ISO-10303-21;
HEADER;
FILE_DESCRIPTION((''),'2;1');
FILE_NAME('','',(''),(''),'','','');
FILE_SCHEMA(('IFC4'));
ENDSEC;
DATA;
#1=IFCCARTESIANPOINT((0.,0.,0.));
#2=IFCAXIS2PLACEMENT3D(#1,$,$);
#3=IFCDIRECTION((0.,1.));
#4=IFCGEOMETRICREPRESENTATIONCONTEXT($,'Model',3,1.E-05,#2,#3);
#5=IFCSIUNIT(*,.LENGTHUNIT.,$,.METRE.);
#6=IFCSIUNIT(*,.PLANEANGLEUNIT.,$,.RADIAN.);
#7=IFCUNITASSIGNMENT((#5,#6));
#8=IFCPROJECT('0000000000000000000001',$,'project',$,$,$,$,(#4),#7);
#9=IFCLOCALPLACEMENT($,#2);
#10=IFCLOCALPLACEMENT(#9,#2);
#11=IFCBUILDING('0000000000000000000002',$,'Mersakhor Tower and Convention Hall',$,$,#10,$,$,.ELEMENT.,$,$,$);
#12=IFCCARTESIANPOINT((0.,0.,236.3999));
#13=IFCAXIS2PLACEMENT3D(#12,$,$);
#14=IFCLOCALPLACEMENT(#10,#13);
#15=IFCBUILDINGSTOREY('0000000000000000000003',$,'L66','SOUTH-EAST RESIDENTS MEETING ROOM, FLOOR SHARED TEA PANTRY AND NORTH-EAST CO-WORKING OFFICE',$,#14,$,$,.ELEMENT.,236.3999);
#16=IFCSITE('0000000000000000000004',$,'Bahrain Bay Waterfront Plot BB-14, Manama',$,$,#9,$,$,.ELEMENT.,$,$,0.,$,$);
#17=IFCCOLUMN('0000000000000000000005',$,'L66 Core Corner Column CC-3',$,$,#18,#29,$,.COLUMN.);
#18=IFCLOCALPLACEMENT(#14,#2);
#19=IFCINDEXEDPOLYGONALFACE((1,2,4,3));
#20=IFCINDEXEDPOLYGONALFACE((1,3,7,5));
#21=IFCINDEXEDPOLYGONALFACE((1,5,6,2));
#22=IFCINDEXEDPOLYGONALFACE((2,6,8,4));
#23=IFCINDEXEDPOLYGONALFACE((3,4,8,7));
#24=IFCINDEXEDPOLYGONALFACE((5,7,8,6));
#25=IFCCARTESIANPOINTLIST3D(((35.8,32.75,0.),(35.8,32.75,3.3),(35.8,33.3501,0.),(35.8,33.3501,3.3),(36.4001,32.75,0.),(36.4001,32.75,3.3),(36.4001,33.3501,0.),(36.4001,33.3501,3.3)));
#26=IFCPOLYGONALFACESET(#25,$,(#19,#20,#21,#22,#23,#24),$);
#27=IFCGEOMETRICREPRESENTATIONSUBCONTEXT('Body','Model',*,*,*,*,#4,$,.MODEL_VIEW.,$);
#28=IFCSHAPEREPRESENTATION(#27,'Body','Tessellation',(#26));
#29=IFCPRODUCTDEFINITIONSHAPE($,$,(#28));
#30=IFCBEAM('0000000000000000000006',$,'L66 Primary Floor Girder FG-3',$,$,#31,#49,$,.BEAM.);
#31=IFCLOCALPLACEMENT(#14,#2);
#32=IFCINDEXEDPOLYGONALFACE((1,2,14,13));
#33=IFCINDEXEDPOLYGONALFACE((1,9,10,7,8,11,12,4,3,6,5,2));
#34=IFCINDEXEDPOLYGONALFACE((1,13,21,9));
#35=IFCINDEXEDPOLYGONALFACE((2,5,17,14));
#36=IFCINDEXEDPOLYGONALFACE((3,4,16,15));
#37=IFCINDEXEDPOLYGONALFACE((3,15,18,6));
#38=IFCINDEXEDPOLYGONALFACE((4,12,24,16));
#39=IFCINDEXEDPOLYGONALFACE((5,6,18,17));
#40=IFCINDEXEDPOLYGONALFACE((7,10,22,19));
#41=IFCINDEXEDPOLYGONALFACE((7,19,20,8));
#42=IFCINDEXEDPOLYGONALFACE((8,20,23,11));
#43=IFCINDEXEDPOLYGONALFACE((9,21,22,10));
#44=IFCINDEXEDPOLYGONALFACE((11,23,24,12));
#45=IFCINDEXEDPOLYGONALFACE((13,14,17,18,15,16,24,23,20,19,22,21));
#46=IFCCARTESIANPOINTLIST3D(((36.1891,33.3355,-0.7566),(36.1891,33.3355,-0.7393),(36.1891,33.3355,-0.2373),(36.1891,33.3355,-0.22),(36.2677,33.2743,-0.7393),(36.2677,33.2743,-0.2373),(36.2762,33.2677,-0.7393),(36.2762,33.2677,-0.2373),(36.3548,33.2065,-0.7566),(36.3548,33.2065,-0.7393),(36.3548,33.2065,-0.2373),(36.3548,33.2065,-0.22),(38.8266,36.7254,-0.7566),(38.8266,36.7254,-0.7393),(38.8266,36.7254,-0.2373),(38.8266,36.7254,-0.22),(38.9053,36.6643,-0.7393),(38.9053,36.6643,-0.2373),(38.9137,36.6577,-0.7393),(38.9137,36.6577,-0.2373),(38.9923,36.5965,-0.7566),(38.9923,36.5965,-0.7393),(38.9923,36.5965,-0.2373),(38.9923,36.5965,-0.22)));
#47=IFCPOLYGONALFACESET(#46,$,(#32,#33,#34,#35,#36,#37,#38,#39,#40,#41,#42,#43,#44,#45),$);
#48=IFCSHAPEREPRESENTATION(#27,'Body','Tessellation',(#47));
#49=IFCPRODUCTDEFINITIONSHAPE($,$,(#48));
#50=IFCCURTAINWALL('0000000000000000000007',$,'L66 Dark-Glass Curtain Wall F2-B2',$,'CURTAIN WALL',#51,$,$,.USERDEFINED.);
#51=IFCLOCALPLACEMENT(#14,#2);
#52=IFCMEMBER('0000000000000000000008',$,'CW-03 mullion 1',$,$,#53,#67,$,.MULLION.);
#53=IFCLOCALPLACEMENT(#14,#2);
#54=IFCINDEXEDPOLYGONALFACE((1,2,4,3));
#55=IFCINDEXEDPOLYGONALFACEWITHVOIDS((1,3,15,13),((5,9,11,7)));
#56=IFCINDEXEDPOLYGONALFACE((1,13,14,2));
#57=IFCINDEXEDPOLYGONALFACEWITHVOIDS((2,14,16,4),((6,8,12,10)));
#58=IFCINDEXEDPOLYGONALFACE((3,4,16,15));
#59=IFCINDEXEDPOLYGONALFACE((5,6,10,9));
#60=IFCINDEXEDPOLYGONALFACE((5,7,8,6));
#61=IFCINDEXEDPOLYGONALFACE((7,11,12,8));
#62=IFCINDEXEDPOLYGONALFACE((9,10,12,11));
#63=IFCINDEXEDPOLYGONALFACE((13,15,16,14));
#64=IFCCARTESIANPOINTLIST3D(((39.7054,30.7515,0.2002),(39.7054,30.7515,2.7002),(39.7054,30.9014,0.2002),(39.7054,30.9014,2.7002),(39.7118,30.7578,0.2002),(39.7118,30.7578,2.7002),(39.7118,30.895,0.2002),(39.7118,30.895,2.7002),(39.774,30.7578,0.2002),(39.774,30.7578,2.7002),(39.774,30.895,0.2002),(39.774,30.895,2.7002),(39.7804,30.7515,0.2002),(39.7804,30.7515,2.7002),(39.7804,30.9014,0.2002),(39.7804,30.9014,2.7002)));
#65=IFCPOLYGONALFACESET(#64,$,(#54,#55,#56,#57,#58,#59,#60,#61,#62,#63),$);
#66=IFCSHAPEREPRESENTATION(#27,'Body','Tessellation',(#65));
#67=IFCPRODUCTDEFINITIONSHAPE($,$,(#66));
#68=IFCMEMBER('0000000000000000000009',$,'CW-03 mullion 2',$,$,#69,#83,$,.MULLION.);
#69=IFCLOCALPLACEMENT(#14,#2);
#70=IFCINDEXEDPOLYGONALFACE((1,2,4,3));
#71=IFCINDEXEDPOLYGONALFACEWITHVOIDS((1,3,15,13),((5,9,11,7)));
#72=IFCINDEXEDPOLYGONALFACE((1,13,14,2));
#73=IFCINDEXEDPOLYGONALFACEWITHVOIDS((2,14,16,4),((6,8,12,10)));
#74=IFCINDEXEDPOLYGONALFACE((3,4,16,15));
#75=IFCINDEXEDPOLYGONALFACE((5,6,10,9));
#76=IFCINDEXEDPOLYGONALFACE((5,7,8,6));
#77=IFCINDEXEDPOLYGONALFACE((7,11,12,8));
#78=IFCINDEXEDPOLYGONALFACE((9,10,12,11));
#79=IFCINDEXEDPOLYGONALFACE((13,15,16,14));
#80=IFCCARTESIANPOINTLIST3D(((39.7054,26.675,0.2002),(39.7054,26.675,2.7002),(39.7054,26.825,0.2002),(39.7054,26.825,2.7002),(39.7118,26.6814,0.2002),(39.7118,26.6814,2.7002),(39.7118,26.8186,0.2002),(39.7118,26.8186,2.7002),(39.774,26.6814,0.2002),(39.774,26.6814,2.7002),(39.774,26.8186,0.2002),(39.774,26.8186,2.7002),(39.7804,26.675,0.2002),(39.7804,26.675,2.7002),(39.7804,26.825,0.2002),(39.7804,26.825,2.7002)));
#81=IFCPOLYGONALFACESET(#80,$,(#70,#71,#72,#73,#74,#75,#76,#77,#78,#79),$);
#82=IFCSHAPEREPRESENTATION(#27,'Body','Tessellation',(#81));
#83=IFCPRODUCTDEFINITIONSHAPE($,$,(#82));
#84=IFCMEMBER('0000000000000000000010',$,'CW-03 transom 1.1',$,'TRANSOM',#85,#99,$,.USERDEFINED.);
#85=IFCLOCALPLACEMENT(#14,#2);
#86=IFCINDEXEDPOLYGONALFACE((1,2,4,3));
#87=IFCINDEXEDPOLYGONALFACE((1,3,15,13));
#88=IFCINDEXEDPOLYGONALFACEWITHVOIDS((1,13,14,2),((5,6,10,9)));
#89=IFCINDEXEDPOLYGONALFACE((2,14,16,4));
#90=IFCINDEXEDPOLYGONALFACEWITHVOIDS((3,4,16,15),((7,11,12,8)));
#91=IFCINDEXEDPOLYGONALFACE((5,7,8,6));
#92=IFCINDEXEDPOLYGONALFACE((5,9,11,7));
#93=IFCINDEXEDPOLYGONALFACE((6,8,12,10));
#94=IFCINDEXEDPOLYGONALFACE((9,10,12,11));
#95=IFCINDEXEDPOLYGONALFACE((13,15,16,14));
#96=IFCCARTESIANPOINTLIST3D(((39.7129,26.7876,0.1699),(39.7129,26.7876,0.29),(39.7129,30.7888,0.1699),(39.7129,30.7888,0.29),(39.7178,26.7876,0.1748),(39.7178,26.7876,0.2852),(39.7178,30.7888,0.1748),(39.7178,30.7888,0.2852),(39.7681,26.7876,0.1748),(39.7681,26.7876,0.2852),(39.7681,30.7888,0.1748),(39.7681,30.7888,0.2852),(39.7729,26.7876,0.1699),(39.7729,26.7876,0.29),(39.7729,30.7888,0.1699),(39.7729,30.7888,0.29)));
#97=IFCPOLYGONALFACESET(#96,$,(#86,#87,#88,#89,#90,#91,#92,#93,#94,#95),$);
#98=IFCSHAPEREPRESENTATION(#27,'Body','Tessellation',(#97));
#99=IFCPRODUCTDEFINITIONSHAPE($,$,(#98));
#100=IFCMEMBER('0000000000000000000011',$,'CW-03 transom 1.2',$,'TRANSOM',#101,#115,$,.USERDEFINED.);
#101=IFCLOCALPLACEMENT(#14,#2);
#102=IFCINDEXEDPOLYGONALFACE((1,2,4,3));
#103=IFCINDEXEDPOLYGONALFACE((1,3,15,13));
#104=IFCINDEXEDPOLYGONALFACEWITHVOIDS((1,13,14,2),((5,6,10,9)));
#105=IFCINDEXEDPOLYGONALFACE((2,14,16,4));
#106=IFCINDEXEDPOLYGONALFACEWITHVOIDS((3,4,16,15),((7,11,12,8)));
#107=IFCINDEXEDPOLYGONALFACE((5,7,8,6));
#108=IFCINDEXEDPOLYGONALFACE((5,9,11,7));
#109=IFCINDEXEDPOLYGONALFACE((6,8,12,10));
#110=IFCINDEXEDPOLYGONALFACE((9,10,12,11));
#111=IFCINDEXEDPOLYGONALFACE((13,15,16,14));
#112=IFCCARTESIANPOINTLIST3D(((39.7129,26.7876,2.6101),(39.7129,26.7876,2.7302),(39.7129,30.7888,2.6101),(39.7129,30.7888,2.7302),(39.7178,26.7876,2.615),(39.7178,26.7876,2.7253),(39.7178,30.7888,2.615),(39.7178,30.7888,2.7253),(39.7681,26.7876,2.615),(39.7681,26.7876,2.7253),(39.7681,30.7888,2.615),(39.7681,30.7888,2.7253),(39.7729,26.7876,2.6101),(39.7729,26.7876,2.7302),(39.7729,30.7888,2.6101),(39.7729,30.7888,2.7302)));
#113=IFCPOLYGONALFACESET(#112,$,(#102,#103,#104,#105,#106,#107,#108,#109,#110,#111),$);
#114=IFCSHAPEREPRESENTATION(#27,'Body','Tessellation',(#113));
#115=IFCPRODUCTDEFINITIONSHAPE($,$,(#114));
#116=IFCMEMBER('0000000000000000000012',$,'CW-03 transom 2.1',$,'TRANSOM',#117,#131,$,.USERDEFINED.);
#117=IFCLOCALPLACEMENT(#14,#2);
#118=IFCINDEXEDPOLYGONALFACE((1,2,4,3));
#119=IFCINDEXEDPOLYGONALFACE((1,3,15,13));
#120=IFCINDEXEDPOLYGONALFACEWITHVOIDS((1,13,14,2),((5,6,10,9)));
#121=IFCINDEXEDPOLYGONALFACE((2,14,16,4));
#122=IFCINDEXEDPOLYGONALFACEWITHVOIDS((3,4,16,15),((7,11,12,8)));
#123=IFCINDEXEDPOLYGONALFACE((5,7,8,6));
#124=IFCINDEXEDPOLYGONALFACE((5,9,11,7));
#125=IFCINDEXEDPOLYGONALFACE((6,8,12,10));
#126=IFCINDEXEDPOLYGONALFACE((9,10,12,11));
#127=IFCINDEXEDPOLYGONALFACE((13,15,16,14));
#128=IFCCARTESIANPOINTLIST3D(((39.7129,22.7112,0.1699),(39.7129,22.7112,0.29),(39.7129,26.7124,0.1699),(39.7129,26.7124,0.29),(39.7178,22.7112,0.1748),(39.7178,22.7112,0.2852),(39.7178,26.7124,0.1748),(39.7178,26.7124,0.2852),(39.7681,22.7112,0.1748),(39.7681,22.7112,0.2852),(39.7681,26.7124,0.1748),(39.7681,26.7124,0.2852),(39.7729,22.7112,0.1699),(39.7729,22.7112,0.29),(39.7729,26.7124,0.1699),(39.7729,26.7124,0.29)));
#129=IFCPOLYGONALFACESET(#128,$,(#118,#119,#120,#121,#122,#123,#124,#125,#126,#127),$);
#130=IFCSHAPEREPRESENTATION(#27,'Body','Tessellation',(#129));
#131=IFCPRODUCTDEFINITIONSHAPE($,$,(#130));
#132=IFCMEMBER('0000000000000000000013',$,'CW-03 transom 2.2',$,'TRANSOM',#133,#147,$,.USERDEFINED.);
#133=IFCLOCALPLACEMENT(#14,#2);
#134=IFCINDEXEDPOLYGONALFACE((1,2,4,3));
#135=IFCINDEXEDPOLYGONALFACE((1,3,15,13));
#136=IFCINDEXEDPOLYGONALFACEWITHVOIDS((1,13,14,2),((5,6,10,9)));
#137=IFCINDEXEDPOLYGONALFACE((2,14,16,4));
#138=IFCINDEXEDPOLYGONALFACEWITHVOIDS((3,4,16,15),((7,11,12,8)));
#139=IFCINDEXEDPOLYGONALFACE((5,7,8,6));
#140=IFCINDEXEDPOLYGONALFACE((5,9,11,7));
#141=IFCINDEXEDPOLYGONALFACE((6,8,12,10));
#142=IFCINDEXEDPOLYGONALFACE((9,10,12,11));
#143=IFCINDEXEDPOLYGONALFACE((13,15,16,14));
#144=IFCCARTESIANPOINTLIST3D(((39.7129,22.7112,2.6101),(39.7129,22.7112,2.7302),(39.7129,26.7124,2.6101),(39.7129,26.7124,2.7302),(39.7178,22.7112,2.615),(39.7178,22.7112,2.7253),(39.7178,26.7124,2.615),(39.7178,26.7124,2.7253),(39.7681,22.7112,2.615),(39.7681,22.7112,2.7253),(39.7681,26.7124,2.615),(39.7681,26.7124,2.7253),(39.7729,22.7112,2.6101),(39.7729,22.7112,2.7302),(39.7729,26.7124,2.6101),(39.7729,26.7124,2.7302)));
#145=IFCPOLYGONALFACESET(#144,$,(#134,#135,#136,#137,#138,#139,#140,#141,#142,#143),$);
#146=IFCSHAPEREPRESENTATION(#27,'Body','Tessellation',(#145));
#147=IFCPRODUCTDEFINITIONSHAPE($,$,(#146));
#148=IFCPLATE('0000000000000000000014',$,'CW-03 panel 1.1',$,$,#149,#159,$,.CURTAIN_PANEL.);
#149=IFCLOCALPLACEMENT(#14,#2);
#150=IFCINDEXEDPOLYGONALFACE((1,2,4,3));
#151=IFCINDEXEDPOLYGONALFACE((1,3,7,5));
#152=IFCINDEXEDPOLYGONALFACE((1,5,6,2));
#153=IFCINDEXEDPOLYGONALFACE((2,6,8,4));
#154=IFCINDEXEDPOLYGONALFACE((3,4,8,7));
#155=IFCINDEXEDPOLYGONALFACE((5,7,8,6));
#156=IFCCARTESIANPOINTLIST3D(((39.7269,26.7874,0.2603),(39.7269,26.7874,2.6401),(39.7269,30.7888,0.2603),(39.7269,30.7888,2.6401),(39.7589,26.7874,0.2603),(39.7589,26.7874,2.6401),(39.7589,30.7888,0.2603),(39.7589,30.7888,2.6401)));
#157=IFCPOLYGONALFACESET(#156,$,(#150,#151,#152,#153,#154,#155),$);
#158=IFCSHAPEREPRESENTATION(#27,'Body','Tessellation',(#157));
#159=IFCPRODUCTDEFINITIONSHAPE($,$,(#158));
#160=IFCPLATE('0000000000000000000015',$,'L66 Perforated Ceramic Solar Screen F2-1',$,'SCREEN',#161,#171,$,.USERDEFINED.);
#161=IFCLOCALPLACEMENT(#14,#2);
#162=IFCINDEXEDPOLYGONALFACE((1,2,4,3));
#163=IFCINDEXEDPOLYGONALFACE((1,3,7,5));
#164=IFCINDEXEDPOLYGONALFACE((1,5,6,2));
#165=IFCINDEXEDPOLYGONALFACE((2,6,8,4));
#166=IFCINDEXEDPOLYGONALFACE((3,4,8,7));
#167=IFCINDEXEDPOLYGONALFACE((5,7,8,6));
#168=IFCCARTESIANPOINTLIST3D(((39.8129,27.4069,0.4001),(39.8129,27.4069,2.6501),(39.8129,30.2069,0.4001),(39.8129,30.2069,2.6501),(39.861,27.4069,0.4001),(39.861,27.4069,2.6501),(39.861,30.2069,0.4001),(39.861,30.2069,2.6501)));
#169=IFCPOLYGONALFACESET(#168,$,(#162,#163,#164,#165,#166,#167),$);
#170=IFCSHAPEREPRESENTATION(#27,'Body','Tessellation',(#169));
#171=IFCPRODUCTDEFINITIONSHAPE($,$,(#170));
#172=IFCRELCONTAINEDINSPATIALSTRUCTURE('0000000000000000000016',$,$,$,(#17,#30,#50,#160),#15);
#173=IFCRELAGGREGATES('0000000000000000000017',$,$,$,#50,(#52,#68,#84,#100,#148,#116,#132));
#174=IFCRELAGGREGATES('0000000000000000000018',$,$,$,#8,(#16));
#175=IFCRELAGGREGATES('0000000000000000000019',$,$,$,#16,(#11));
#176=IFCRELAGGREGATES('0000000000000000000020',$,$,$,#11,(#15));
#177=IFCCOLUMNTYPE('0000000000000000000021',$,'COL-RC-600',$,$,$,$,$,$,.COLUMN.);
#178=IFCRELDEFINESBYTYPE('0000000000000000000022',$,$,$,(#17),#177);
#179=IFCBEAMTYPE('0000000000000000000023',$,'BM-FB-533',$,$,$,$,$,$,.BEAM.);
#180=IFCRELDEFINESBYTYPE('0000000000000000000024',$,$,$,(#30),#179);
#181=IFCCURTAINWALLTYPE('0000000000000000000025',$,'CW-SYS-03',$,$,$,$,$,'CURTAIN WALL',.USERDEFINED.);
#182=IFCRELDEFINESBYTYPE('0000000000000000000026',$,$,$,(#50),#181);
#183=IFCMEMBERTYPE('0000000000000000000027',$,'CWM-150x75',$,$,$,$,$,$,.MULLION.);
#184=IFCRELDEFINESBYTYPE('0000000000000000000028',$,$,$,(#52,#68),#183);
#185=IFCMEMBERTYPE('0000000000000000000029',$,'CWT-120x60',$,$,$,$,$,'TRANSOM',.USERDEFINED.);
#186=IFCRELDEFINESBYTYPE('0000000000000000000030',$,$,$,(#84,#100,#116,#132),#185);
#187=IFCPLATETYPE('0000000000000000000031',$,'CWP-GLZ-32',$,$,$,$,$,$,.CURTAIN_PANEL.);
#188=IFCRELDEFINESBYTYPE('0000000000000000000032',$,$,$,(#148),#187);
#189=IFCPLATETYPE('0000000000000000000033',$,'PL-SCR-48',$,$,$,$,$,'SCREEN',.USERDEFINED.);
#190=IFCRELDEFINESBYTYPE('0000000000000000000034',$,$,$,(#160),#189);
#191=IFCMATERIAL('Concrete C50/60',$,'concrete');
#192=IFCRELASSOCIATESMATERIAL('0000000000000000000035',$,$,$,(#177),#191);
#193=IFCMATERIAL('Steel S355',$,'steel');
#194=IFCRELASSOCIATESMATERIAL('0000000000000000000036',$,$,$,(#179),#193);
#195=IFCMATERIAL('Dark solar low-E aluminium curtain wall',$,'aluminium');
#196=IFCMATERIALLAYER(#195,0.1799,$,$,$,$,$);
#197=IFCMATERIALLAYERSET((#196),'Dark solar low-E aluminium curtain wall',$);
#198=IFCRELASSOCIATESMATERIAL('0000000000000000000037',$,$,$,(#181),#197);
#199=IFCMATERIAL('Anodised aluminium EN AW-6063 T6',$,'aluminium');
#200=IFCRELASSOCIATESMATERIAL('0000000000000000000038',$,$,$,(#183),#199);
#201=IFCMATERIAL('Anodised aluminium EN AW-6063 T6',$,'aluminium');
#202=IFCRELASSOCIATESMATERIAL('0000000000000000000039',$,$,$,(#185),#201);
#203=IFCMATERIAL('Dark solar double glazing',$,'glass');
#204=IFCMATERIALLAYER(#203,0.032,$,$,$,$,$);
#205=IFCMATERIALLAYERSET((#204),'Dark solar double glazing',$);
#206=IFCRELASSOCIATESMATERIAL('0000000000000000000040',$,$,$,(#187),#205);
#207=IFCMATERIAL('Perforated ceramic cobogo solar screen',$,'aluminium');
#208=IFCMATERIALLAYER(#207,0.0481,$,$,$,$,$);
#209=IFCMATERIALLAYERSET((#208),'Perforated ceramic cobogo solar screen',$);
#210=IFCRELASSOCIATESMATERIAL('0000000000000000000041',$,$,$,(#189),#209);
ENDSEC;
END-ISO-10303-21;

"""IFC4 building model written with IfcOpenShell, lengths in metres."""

from ifc_helpers import new_model, si_unit, direction, frame, origin, origin_2d, place, context, subcontext, project, spatial, rectangle, hollow_rectangle, i_section, extrude, material, layer, layer_set, material_profile, profile_set, type_object, element, aggregate, save


model = new_model("IFC4")

# Units and contexts
model_context = context("Model", 3, precision=1e-05, world=origin(), true_north=direction((0.0, 1.0)))
body_context = subcontext(model_context, "Body", "Model", "MODEL_VIEW")
ifc_project = project(units=[si_unit("LENGTHUNIT", "METRE"), si_unit("PLANEANGLEUNIT", "RADIAN")], contexts=[model_context])

# Site, building, storey
site_placement = place(None, origin())
site = spatial("IfcSite", under=ifc_project, at=site_placement, Name="Bahrain Bay Waterfront Plot BB-14, Manama", CompositionType="ELEMENT", RefElevation=0.0)
building_placement = place(site_placement, origin())
building = spatial("IfcBuilding", under=site, at=building_placement, Name="Mersakhor Tower and Convention Hall", CompositionType="ELEMENT")
storey_placement = place(building_placement, frame((0.0, 0.0, 236.3999)))
storey = spatial("IfcBuildingStorey", under=building, at=storey_placement, Name="L66", Description="SOUTH-EAST RESIDENTS MEETING ROOM, FLOOR SHARED TEA PANTRY AND NORTH-EAST CO-WORKING OFFICE", CompositionType="ELEMENT", Elevation=236.3999)

# Column
ifc_material_1 = material(Name="Concrete C50/60", Category="concrete")
ifc_material_profile_1 = material_profile(ifc_material_1, rectangle(XDim=0.6001, YDim=0.6001, at=origin_2d()), Name="RC 600x600")
ifc_profile_set_1 = profile_set([ifc_material_profile_1], Name="Concrete C50/60")
column_type = type_object("IfcColumnType", Name="COL-RC-600", PredefinedType="COLUMN", material=ifc_profile_set_1)
column_placement = place(storey_placement, frame((36.1001, 33.05, 0.0), z_axis=(0.0, 0.0, 1.0), x_axis=(1.0, 0.0, 0.0)))
element("IfcColumn", 1, at=column_placement, inside=storey, type_object=column_type, Name="L66 Core Corner Column CC-3", PredefinedType="COLUMN", context=body_context, shape_type="SweptSolid", body=[
    extrude(rectangle(XDim=0.6001, YDim=0.6001, at=origin_2d()), origin(), (0.0, 0.0, 1.0), 3.3),
])

# Beam
ifc_material_2 = material(Name="Steel S355", Category="steel")
ifc_material_profile_2 = material_profile(ifc_material_2, i_section(OverallWidth=0.21, OverallDepth=0.5366, WebThickness=0.0107, FlangeThickness=0.0173, at=origin_2d()), Name="UB 533x210x101")
ifc_profile_set_2 = profile_set([ifc_material_profile_2], Name="Steel S355")
beam_type = type_object("IfcBeamType", Name="BM-FB-533", PredefinedType="BEAM", material=ifc_profile_set_2)
beam_placement = place(storey_placement, frame((36.272, 33.271, -0.4883), z_axis=(0.614067, 0.789254, 0.0), x_axis=(-0.789254, 0.614067, 0.0)))
element("IfcBeam", 2, at=beam_placement, inside=storey, type_object=beam_type, Name="L66 Primary Floor Girder FG-3", PredefinedType="BEAM", context=body_context, shape_type="SweptSolid", body=[
    extrude(i_section(OverallWidth=0.21, OverallDepth=0.5366, WebThickness=0.0107, FlangeThickness=0.0173, at=origin_2d()), origin(), (0.0, 0.0, 1.0), 4.2952),
])

# Curtain wall, members, plate
ifc_material_3 = material(Name="Dark solar low-E aluminium curtain wall", Category="aluminium")
ifc_layer_1 = layer(ifc_material_3, 0.1799)
ifc_layer_set_1 = layer_set([ifc_layer_1], Name="Dark solar low-E aluminium curtain wall")
curtain_wall_type = type_object("IfcCurtainWallType", Name="CW-SYS-03", ElementType="CURTAIN WALL", PredefinedType="USERDEFINED", material=ifc_layer_set_1)
curtain_wall_placement = place(storey_placement, origin())
curtain_wall = element("IfcCurtainWall", 3, at=curtain_wall_placement, inside=storey, type_object=curtain_wall_type, Name="L66 Dark-Glass Curtain Wall F2-B2", ObjectType="CURTAIN WALL", PredefinedType="USERDEFINED")
ifc_material_4 = material(Name="Anodised aluminium EN AW-6063 T6", Category="aluminium")
ifc_material_profile_3 = material_profile(ifc_material_4, hollow_rectangle(XDim=0.075, YDim=0.1499, WallThickness=0.0063, at=origin_2d()), Name="RHS 150x75x6.3")
ifc_profile_set_3 = profile_set([ifc_material_profile_3], Name="Anodised aluminium EN AW-6063 T6")
member_type_1 = type_object("IfcMemberType", Name="CWM-150x75", PredefinedType="MULLION", material=ifc_profile_set_3)
member_1_placement = place(storey_placement, frame((39.7429, 30.8264, 0.2002), z_axis=(0.0, 0.0, 1.0), x_axis=(1.0, 0.0, 0.0)))
member_1 = element("IfcMember", 4, at=member_1_placement, type_object=member_type_1, Name="CW-03 mullion 1", PredefinedType="MULLION", context=body_context, shape_type="SweptSolid", body=[
    extrude(hollow_rectangle(XDim=0.075, YDim=0.1499, WallThickness=0.0063, at=origin_2d()), origin(), (0.0, 0.0, 1.0), 2.5),
])
member_2_placement = place(storey_placement, frame((39.7429, 26.75, 0.2002), z_axis=(0.0, 0.0, 1.0), x_axis=(1.0, 0.0, 0.0)))
member_2 = element("IfcMember", 5, at=member_2_placement, type_object=member_type_1, Name="CW-03 mullion 2", PredefinedType="MULLION", context=body_context, shape_type="SweptSolid", body=[
    extrude(hollow_rectangle(XDim=0.075, YDim=0.1499, WallThickness=0.0063, at=origin_2d()), origin(), (0.0, 0.0, 1.0), 2.5),
])
ifc_material_5 = material(Name="Anodised aluminium EN AW-6063 T6", Category="aluminium")
ifc_material_profile_4 = material_profile(ifc_material_5, hollow_rectangle(XDim=0.0601, YDim=0.1201, WallThickness=0.0049, at=origin_2d()), Name="RHS 120x60x5")
ifc_profile_set_4 = profile_set([ifc_material_profile_4], Name="Anodised aluminium EN AW-6063 T6")
member_type_2 = type_object("IfcMemberType", Name="CWT-120x60", ElementType="TRANSOM", PredefinedType="USERDEFINED", material=ifc_profile_set_4)
member_3_placement = place(storey_placement, frame((39.7429, 30.7888, 0.23), z_axis=(0.0, -1.0, 0.0), x_axis=(1.0, 0.0, 0.0)))
member_3 = element("IfcMember", 6, at=member_3_placement, type_object=member_type_2, Name="CW-03 transom 1.1", ObjectType="TRANSOM", PredefinedType="USERDEFINED", context=body_context, shape_type="SweptSolid", body=[
    extrude(hollow_rectangle(XDim=0.0601, YDim=0.1201, WallThickness=0.0049, at=origin_2d()), origin(), (0.0, 0.0, 1.0), 4.0012),
])
member_4_placement = place(storey_placement, frame((39.7429, 30.7888, 2.6702), z_axis=(0.0, -1.0, 0.0), x_axis=(1.0, 0.0, 0.0)))
member_4 = element("IfcMember", 7, at=member_4_placement, type_object=member_type_2, Name="CW-03 transom 1.2", ObjectType="TRANSOM", PredefinedType="USERDEFINED", context=body_context, shape_type="SweptSolid", body=[
    extrude(hollow_rectangle(XDim=0.0601, YDim=0.1201, WallThickness=0.0049, at=origin_2d()), origin(), (0.0, 0.0, 1.0), 4.0012),
])
member_5_placement = place(storey_placement, frame((39.7429, 26.7124, 0.23), z_axis=(0.0, -1.0, 0.0), x_axis=(1.0, 0.0, 0.0)))
member_5 = element("IfcMember", 8, at=member_5_placement, type_object=member_type_2, Name="CW-03 transom 2.1", ObjectType="TRANSOM", PredefinedType="USERDEFINED", context=body_context, shape_type="SweptSolid", body=[
    extrude(hollow_rectangle(XDim=0.0601, YDim=0.1201, WallThickness=0.0049, at=origin_2d()), origin(), (0.0, 0.0, 1.0), 4.0012),
])
member_6_placement = place(storey_placement, frame((39.7429, 26.7124, 2.6702), z_axis=(0.0, -1.0, 0.0), x_axis=(1.0, 0.0, 0.0)))
member_6 = element("IfcMember", 9, at=member_6_placement, type_object=member_type_2, Name="CW-03 transom 2.2", ObjectType="TRANSOM", PredefinedType="USERDEFINED", context=body_context, shape_type="SweptSolid", body=[
    extrude(hollow_rectangle(XDim=0.0601, YDim=0.1201, WallThickness=0.0049, at=origin_2d()), origin(), (0.0, 0.0, 1.0), 4.0012),
])
ifc_material_6 = material(Name="Dark solar double glazing", Category="glass")
ifc_layer_2 = layer(ifc_material_6, 0.032)
ifc_layer_set_2 = layer_set([ifc_layer_2], Name="Dark solar double glazing")
plate_type_1 = type_object("IfcPlateType", Name="CWP-GLZ-32", PredefinedType="CURTAIN_PANEL", material=ifc_layer_set_2)
plate_1_placement = place(storey_placement, frame((39.7429, 28.7881, 0.2603), z_axis=(0.0, 0.0, 1.0), x_axis=(0.0, -1.0, 0.0)))
plate_1 = element("IfcPlate", 10, at=plate_1_placement, type_object=plate_type_1, Name="CW-03 panel 1.1", PredefinedType="CURTAIN_PANEL", context=body_context, shape_type="SweptSolid", body=[
    extrude(rectangle(XDim=4.0015, YDim=0.032, at=origin_2d()), origin(), (0.0, 0.0, 1.0), 2.3799),
])
aggregate(curtain_wall, [member_1, member_2, member_3, member_4, plate_1, member_5, member_6])

# Plate
ifc_material_7 = material(Name="Perforated ceramic cobogo solar screen", Category="aluminium")
ifc_layer_3 = layer(ifc_material_7, 0.0481)
ifc_layer_set_3 = layer_set([ifc_layer_3], Name="Perforated ceramic cobogo solar screen")
plate_type_2 = type_object("IfcPlateType", Name="PL-SCR-48", ElementType="SCREEN", PredefinedType="USERDEFINED", material=ifc_layer_set_3)
plate_2_placement = place(storey_placement, frame((39.8369, 28.8069, 0.4001), z_axis=(0.0, 0.0, 1.0), x_axis=(0.0, -1.0, 0.0)))
element("IfcPlate", 11, at=plate_2_placement, inside=storey, type_object=plate_type_2, Name="L66 Perforated Ceramic Solar Screen F2-1", ObjectType="SCREEN", PredefinedType="USERDEFINED", context=body_context, shape_type="SweptSolid", body=[
    extrude(rectangle(XDim=2.8, YDim=0.0481, at=origin_2d()), origin(), (0.0, 0.0, 1.0), 2.25),
])

save(model, "model.ifc")
